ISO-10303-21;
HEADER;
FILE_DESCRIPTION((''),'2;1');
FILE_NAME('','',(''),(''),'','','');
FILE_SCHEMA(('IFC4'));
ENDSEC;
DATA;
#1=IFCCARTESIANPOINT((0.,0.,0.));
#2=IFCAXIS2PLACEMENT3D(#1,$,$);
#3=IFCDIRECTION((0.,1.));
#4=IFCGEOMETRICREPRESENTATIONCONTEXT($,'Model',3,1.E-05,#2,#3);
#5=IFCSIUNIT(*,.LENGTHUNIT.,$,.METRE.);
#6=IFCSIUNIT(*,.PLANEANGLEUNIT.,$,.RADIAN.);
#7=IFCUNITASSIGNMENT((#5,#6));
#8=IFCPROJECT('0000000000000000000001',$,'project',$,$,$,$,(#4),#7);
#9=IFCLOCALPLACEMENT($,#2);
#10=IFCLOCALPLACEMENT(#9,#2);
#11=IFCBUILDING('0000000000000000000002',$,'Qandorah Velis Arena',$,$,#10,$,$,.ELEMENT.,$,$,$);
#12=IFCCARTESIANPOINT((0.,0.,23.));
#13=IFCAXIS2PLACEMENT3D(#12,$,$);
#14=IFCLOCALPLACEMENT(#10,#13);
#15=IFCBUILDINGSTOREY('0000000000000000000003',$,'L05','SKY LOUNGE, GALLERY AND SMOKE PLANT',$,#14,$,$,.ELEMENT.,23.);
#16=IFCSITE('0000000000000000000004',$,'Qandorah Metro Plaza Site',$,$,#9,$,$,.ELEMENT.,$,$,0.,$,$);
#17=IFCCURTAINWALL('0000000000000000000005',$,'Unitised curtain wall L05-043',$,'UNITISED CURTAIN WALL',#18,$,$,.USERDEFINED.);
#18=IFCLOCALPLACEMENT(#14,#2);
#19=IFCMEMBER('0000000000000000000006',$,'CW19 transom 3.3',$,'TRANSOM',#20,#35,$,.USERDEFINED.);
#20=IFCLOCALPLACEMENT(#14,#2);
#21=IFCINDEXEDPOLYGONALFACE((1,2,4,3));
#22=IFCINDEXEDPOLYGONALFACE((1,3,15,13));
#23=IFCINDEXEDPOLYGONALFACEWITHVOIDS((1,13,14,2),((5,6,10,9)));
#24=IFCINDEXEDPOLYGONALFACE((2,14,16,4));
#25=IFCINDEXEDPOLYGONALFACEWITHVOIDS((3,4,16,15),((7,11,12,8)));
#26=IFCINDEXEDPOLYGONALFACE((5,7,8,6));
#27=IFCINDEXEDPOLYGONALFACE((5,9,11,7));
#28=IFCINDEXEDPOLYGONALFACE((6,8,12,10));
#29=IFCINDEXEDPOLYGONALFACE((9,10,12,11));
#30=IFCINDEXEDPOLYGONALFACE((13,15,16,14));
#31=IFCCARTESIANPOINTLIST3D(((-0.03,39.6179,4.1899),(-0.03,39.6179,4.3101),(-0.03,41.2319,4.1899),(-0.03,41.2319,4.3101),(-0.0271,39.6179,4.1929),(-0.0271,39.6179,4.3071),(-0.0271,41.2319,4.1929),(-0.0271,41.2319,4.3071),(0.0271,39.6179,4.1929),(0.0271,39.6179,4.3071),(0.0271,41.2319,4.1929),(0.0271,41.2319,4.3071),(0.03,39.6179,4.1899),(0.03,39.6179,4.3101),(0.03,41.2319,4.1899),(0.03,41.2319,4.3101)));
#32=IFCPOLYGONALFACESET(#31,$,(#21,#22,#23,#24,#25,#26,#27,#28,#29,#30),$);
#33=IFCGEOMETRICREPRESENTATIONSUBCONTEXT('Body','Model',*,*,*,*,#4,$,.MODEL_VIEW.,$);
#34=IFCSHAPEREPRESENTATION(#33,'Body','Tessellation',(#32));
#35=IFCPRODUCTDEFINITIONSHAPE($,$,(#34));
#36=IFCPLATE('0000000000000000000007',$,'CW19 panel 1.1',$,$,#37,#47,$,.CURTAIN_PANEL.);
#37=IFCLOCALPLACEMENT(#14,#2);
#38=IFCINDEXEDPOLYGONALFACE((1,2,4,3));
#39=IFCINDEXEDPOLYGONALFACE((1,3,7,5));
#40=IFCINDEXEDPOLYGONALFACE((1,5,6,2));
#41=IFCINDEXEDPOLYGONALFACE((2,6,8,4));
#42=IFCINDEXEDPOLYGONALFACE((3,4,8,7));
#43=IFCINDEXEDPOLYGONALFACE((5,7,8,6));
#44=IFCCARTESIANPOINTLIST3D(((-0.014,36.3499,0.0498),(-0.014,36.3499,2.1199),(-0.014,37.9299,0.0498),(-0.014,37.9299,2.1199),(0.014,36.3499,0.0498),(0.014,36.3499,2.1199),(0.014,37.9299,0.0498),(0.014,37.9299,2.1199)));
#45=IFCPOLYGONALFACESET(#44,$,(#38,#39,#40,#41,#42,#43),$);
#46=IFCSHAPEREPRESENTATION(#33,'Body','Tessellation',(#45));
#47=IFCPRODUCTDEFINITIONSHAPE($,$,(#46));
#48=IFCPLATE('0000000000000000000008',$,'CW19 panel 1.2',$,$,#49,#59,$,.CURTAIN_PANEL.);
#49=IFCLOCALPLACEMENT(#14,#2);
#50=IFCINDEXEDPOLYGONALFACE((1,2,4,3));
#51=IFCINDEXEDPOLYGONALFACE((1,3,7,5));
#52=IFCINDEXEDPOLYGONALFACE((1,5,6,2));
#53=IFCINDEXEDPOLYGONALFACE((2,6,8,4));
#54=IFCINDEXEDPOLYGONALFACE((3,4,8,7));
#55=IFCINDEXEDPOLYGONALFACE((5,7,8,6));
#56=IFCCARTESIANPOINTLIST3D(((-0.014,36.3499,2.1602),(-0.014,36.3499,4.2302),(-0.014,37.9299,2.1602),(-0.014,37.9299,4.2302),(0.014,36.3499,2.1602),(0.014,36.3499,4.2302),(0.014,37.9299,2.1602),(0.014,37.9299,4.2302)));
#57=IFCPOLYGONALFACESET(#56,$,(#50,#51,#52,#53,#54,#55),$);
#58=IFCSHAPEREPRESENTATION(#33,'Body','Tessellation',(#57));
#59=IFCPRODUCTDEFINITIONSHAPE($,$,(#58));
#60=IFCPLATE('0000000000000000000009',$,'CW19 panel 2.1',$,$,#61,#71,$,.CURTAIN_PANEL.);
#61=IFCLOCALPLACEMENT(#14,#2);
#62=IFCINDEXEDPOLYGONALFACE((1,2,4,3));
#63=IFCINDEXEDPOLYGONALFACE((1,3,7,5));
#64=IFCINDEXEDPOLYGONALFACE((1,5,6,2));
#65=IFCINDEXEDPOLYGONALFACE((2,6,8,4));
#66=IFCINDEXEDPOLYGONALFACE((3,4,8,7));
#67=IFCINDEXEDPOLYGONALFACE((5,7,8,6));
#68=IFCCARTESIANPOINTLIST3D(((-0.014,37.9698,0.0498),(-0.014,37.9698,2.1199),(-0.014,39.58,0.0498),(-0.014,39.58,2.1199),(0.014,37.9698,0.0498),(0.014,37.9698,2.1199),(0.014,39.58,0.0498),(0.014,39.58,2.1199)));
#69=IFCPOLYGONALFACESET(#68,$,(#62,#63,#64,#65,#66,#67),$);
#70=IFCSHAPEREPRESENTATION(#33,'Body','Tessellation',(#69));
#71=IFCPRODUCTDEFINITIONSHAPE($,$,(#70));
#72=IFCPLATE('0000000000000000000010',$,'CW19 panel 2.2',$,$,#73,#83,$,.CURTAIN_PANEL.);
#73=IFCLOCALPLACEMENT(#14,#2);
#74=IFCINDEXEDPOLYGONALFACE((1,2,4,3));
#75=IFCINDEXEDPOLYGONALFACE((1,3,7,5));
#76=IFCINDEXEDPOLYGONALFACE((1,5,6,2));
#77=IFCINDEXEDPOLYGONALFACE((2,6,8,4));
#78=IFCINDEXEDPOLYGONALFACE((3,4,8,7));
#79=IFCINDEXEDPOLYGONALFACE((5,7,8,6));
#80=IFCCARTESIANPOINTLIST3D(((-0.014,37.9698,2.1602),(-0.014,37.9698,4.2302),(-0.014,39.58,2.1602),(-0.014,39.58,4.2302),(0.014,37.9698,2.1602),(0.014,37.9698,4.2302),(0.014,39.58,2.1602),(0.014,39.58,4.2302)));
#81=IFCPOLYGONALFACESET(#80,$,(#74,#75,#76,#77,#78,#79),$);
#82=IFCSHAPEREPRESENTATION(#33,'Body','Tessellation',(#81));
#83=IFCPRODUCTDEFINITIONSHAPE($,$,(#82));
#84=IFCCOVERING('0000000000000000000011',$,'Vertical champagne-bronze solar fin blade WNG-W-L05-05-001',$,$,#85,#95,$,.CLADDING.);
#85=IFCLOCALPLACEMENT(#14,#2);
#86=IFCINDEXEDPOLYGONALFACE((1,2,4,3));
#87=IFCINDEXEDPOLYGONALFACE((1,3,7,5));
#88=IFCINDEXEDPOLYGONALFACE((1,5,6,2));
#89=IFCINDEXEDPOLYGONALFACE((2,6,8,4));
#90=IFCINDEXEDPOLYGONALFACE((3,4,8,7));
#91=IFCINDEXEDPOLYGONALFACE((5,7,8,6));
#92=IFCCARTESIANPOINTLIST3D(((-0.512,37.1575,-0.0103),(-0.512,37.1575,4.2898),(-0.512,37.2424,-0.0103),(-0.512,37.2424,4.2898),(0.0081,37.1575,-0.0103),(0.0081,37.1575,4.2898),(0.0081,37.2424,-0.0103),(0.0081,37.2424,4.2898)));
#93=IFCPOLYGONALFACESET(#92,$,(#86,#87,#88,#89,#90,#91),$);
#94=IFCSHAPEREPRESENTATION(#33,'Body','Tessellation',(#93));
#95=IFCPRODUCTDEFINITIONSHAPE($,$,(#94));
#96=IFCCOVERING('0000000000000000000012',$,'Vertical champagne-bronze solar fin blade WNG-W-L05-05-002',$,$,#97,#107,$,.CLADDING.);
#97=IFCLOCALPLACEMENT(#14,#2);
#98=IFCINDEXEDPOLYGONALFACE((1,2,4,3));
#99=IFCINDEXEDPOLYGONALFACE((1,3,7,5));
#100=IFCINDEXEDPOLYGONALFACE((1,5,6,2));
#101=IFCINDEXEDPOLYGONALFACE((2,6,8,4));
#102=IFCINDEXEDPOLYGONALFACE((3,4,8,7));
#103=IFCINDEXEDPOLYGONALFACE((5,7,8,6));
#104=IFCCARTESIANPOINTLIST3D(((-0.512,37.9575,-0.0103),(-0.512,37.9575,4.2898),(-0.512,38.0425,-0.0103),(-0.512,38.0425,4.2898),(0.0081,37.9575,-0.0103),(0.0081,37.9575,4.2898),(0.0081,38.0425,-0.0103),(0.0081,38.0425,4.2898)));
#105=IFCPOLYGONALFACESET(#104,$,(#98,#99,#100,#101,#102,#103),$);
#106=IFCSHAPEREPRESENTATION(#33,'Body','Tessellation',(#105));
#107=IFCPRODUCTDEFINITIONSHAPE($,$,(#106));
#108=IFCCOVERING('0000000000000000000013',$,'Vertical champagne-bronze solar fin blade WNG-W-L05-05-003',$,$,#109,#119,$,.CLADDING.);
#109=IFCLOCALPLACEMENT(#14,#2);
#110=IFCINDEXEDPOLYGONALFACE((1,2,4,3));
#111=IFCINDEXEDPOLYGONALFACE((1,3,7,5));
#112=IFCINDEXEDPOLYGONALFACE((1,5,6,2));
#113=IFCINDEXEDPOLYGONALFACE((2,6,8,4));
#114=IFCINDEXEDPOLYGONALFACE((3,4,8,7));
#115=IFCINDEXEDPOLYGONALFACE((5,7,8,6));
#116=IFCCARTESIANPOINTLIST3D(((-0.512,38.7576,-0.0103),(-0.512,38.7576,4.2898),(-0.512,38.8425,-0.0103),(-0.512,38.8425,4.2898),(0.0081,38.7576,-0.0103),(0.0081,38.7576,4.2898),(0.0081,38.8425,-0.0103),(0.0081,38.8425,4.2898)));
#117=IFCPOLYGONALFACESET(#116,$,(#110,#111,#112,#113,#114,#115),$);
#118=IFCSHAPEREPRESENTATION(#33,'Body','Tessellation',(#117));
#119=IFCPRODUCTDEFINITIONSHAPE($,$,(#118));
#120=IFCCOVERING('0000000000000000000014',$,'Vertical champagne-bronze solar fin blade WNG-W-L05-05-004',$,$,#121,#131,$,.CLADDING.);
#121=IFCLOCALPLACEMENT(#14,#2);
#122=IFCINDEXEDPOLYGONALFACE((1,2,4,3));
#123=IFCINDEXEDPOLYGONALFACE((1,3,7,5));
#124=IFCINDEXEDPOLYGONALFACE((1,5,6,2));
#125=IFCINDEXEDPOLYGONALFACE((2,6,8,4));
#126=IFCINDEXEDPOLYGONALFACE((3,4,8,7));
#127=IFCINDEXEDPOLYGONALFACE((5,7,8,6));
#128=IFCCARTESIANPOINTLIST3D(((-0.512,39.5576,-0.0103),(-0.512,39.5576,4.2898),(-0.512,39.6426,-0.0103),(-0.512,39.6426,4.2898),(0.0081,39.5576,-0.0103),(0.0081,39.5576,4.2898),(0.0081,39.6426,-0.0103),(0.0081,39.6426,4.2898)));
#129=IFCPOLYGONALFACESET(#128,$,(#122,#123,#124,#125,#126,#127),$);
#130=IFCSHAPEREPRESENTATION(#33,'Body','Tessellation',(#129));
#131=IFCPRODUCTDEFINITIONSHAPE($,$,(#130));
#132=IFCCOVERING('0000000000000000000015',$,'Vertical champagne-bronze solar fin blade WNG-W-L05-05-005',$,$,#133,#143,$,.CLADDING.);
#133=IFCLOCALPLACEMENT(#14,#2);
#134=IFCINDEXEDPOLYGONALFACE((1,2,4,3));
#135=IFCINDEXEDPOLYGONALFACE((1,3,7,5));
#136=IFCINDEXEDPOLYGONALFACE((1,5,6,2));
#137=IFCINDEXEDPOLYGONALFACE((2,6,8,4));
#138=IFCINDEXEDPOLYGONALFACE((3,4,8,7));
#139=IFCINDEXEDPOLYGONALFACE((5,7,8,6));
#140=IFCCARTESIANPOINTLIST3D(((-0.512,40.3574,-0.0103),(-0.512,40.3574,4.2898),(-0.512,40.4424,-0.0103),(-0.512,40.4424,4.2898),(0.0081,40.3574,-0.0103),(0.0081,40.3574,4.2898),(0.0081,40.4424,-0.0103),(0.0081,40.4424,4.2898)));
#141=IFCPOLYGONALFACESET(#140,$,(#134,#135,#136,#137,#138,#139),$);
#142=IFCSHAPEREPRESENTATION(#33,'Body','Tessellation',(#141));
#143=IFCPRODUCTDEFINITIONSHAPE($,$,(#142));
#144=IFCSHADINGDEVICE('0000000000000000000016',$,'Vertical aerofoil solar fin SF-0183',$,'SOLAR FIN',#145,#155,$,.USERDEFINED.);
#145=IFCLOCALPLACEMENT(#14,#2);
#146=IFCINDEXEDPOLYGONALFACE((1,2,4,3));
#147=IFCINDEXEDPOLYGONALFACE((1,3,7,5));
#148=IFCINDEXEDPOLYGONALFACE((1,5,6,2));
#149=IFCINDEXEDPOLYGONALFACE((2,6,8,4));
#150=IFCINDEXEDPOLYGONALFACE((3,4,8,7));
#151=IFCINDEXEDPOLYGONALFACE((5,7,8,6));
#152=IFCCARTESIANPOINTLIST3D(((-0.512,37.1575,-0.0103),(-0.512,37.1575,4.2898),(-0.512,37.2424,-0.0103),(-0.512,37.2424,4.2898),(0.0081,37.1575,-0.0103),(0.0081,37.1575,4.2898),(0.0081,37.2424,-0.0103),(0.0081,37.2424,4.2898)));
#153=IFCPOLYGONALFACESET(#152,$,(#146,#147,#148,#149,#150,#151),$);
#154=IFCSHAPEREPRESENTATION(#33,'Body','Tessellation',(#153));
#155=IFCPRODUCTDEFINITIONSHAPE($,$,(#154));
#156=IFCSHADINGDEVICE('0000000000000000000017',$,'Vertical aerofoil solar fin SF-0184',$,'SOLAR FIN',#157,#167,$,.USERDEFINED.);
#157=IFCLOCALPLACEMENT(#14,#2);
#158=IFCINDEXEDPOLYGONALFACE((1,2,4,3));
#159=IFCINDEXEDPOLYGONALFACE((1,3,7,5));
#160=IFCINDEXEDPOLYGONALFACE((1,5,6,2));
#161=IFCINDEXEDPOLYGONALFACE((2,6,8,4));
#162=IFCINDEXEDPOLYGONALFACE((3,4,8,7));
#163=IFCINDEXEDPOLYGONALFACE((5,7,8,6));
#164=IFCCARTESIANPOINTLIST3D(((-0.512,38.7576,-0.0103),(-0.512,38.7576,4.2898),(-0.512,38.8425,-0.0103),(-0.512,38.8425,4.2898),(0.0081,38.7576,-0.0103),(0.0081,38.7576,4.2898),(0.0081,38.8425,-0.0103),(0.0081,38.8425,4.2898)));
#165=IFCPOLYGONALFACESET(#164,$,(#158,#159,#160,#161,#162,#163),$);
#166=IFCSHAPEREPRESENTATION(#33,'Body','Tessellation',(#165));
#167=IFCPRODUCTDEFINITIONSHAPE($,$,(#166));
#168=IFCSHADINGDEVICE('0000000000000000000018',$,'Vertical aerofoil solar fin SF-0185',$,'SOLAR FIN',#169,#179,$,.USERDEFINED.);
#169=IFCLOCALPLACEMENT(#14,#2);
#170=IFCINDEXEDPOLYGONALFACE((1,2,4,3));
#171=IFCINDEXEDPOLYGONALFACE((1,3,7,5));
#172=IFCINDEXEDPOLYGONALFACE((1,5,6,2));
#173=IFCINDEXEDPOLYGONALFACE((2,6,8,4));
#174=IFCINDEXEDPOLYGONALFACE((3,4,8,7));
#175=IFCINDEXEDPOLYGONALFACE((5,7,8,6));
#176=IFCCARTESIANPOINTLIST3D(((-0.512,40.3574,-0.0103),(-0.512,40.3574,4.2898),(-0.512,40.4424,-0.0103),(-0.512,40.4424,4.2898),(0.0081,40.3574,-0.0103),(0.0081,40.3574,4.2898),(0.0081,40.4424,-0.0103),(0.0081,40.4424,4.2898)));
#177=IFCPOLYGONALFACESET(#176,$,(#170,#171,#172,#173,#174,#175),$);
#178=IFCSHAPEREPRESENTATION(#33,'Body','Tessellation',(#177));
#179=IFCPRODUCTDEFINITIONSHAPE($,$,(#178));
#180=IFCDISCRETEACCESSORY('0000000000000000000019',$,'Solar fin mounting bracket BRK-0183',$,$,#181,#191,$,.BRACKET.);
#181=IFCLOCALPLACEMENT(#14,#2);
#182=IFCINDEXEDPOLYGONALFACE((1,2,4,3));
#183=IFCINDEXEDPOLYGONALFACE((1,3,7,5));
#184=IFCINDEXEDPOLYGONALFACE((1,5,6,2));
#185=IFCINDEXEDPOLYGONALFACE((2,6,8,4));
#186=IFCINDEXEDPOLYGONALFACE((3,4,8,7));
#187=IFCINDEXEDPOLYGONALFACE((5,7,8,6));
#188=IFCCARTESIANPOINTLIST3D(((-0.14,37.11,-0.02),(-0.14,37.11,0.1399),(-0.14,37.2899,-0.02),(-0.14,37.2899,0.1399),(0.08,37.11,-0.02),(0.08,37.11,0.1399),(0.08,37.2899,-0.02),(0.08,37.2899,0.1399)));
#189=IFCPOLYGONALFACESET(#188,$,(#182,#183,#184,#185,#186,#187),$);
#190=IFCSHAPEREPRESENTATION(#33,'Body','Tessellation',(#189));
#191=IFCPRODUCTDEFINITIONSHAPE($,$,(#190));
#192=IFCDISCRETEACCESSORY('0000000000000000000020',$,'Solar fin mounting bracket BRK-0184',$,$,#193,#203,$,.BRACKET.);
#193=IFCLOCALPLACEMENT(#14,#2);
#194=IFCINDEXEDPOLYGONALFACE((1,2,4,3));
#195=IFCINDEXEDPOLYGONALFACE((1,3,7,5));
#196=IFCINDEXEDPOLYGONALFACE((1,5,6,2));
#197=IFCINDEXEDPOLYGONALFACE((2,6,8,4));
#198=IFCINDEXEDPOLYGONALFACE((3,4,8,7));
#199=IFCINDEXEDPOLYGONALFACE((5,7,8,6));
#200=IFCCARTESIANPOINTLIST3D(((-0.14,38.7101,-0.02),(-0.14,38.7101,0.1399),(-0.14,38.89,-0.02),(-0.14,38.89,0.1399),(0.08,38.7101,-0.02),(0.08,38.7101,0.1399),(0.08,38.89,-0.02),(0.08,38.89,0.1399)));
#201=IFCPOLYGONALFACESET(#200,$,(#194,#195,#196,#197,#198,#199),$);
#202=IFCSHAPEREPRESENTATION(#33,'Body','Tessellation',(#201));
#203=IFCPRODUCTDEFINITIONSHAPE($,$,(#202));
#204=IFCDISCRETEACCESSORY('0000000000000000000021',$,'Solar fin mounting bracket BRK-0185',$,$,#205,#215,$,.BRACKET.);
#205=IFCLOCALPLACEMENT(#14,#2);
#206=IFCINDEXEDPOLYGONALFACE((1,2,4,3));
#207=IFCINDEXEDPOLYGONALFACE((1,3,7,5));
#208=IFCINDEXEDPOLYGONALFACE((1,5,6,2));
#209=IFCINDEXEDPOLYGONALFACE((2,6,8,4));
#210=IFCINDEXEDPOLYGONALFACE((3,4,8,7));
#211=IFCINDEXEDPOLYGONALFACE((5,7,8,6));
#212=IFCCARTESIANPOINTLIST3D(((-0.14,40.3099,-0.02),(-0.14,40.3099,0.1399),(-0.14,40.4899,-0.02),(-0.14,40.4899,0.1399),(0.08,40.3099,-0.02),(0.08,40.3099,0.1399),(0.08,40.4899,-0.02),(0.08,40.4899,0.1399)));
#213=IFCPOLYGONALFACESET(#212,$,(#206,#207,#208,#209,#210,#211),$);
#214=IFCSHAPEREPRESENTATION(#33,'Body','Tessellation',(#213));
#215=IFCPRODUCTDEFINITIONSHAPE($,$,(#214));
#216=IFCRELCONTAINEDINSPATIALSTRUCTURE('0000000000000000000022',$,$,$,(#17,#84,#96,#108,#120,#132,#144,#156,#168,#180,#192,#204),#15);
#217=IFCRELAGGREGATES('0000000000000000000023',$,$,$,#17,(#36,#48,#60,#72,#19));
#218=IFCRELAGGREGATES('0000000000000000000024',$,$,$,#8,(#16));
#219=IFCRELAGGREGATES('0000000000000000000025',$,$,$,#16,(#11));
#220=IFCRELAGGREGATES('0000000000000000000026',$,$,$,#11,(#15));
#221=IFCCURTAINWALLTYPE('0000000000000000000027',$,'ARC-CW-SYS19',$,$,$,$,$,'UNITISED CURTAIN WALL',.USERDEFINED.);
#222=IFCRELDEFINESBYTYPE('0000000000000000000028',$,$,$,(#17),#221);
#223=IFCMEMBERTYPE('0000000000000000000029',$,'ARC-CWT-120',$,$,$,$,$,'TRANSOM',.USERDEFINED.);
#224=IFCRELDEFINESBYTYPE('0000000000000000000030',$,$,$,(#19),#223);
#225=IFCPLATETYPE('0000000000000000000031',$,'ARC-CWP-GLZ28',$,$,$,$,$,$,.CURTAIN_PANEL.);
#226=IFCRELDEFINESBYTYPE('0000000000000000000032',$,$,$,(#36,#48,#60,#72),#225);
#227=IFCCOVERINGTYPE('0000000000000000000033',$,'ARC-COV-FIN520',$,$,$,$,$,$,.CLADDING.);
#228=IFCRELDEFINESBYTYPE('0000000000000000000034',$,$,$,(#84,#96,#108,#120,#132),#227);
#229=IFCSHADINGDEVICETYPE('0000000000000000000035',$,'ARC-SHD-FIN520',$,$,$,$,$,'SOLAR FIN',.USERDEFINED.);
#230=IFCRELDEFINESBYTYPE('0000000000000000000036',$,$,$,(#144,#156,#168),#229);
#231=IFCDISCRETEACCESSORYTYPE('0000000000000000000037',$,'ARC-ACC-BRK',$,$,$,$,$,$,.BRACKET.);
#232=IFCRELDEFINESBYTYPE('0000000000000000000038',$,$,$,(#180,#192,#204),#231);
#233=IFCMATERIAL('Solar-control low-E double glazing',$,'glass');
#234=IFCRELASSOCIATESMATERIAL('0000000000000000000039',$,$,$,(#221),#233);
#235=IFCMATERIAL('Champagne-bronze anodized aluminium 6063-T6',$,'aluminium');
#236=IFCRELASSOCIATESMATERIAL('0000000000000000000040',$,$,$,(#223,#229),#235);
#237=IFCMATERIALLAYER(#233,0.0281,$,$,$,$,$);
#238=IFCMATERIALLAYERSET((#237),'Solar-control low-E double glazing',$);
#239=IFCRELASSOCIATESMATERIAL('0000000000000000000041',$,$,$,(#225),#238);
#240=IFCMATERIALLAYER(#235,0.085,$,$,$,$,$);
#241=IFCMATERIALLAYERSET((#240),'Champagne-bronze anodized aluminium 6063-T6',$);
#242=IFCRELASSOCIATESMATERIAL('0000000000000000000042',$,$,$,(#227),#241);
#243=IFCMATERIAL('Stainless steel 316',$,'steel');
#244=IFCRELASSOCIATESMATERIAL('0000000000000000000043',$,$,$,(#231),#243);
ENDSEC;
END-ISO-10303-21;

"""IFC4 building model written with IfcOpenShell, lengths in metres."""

from ifc_helpers import new_model, si_unit, direction, frame, origin, origin_2d, place, context, subcontext, project, spatial, rectangle, hollow_rectangle, extrude, material, layer, layer_set, material_profile, profile_set, type_object, element, aggregate, save


model = new_model("IFC4")

# Units and contexts
model_context = context("Model", 3, precision=1e-05, world=origin(), true_north=direction((0.0, 1.0)))
body_context = subcontext(model_context, "Body", "Model", "MODEL_VIEW")
ifc_project = project(units=[si_unit("LENGTHUNIT", "METRE"), si_unit("PLANEANGLEUNIT", "RADIAN")], contexts=[model_context])

# Site, building, storey
site_placement = place(None, origin())
site = spatial("IfcSite", under=ifc_project, at=site_placement, Name="Qandorah Metro Plaza Site", CompositionType="ELEMENT", RefElevation=0.0)
building_placement = place(site_placement, origin())
building = spatial("IfcBuilding", under=site, at=building_placement, Name="Qandorah Velis Arena", CompositionType="ELEMENT")
storey_placement = place(building_placement, frame((0.0, 0.0, 23.0)))
storey = spatial("IfcBuildingStorey", under=building, at=storey_placement, Name="L05", Description="SKY LOUNGE, GALLERY AND SMOKE PLANT", CompositionType="ELEMENT", Elevation=23.0)

# Curtain wall, member, plates
ifc_material_1 = material(Name="Solar-control low-E double glazing", Category="glass")
curtain_wall_type = type_object("IfcCurtainWallType", Name="ARC-CW-SYS19", ElementType="UNITISED CURTAIN WALL", PredefinedType="USERDEFINED", material=ifc_material_1)
curtain_wall_placement = place(storey_placement, origin())
curtain_wall = element("IfcCurtainWall", 1, at=curtain_wall_placement, inside=storey, type_object=curtain_wall_type, Name="Unitised curtain wall L05-043", ObjectType="UNITISED CURTAIN WALL", PredefinedType="USERDEFINED")
ifc_material_2 = material(Name="Champagne-bronze anodized aluminium 6063-T6", Category="aluminium")
ifc_material_profile_1 = material_profile(ifc_material_2, hollow_rectangle(XDim=0.0601, YDim=0.1201, WallThickness=0.0029, at=origin_2d()), Name="ALU TRANSOM 60x120")
ifc_profile_set_1 = profile_set([ifc_material_profile_1], Name="Champagne-bronze anodized aluminium 6063-T6")
member_type_1 = type_object("IfcMemberType", Name="ARC-CWT-120", ElementType="TRANSOM", PredefinedType="USERDEFINED", material=ifc_profile_set_1)
member_1_placement = place(storey_placement, frame((0.0, 39.6179, 4.25), z_axis=(0.0, 1.0, 0.0), x_axis=(-1.0, 0.0, 0.0)))
member_1 = element("IfcMember", 2, at=member_1_placement, type_object=member_type_1, Name="CW19 transom 3.3", ObjectType="TRANSOM", PredefinedType="USERDEFINED", context=body_context, shape_type="SweptSolid", body=[
    extrude(hollow_rectangle(XDim=0.0601, YDim=0.1201, WallThickness=0.0029, at=origin_2d()), origin(), (0.0, 0.0, 1.0), 1.614),
])
ifc_layer_1 = layer(ifc_material_1, 0.0281)
ifc_layer_set_1 = layer_set([ifc_layer_1], Name="Solar-control low-E double glazing")
plate_type = type_object("IfcPlateType", Name="ARC-CWP-GLZ28", PredefinedType="CURTAIN_PANEL", material=ifc_layer_set_1)
plate_1_placement = place(storey_placement, frame((0.0, 37.1399, 0.0498), z_axis=(0.0, 0.0, 1.0), x_axis=(0.0, 1.0, 0.0)))
plate_1 = element("IfcPlate", 3, at=plate_1_placement, type_object=plate_type, Name="CW19 panel 1.1", PredefinedType="CURTAIN_PANEL", context=body_context, shape_type="SweptSolid", body=[
    extrude(rectangle(XDim=1.5801, YDim=0.0281, at=origin_2d()), origin(), (0.0, 0.0, 1.0), 2.0701),
])
plate_2_placement = place(storey_placement, frame((0.0, 37.1399, 2.1602), z_axis=(0.0, 0.0, 1.0), x_axis=(0.0, 1.0, 0.0)))
plate_2 = element("IfcPlate", 4, at=plate_2_placement, type_object=plate_type, Name="CW19 panel 1.2", PredefinedType="CURTAIN_PANEL", context=body_context, shape_type="SweptSolid", body=[
    extrude(rectangle(XDim=1.5801, YDim=0.0281, at=origin_2d()), origin(), (0.0, 0.0, 1.0), 2.0701),
])
plate_3_placement = place(storey_placement, frame((0.0, 38.7749, 0.0498), z_axis=(0.0, 0.0, 1.0), x_axis=(0.0, 1.0, 0.0)))
plate_3 = element("IfcPlate", 5, at=plate_3_placement, type_object=plate_type, Name="CW19 panel 2.1", PredefinedType="CURTAIN_PANEL", context=body_context, shape_type="SweptSolid", body=[
    extrude(rectangle(XDim=1.6101, YDim=0.0281, at=origin_2d()), origin(), (0.0, 0.0, 1.0), 2.0701),
])
plate_4_placement = place(storey_placement, frame((0.0, 38.7749, 2.1602), z_axis=(0.0, 0.0, 1.0), x_axis=(0.0, 1.0, 0.0)))
plate_4 = element("IfcPlate", 6, at=plate_4_placement, type_object=plate_type, Name="CW19 panel 2.2", PredefinedType="CURTAIN_PANEL", context=body_context, shape_type="SweptSolid", body=[
    extrude(rectangle(XDim=1.6101, YDim=0.0281, at=origin_2d()), origin(), (0.0, 0.0, 1.0), 2.0701),
])
aggregate(curtain_wall, [plate_1, plate_2, plate_3, plate_4, member_1])

# Coverings
ifc_layer_2 = layer(ifc_material_2, 0.085)
ifc_layer_set_2 = layer_set([ifc_layer_2], Name="Champagne-bronze anodized aluminium 6063-T6")
covering_type = type_object("IfcCoveringType", Name="ARC-COV-FIN520", PredefinedType="CLADDING", material=ifc_layer_set_2)
for number, where, z_axis, x_axis, name in (
    (7, (-0.252, 37.2, -0.0103), (0.0, 0.0, 1.0), (1.0, 0.0, 0.0), "Vertical champagne-bronze solar fin blade WNG-W-L05-05-001"),
    (8, (-0.252, 38.0, -0.0103), (0.0, 0.0, 1.0), (1.0, 0.0, 0.0), "Vertical champagne-bronze solar fin blade WNG-W-L05-05-002"),
    (9, (-0.252, 38.8, -0.0103), (0.0, 0.0, 1.0), (1.0, 0.0, 0.0), "Vertical champagne-bronze solar fin blade WNG-W-L05-05-003"),
    (10, (-0.252, 39.6001, -0.0103), (0.0, 0.0, 1.0), (1.0, 0.0, 0.0), "Vertical champagne-bronze solar fin blade WNG-W-L05-05-004"),
    (11, (-0.252, 40.3999, -0.0103), (0.0, 0.0, 1.0), (1.0, 0.0, 0.0), "Vertical champagne-bronze solar fin blade WNG-W-L05-05-005"),
):
    element("IfcCovering", number, at=place(storey_placement, frame(where, z_axis=z_axis, x_axis=x_axis)), inside=storey, type_object=covering_type, Name=name, PredefinedType="CLADDING", context=body_context, shape_type="SweptSolid", body=[
        extrude(rectangle(XDim=0.52, YDim=0.085, at=origin_2d()), origin(), (0.0, 0.0, 1.0), 4.3),
    ])

# Shading devices
shading_device_type = type_object("IfcShadingDeviceType", Name="ARC-SHD-FIN520", ElementType="SOLAR FIN", PredefinedType="USERDEFINED", material=ifc_material_2)
for number, where, z_axis, x_axis, name in (
    (12, (-0.252, 37.2, -0.0103), (0.0, 0.0, 1.0), (1.0, 0.0, 0.0), "Vertical aerofoil solar fin SF-0183"),
    (13, (-0.252, 38.8, -0.0103), (0.0, 0.0, 1.0), (1.0, 0.0, 0.0), "Vertical aerofoil solar fin SF-0184"),
    (14, (-0.252, 40.3999, -0.0103), (0.0, 0.0, 1.0), (1.0, 0.0, 0.0), "Vertical aerofoil solar fin SF-0185"),
):
    element("IfcShadingDevice", number, at=place(storey_placement, frame(where, z_axis=z_axis, x_axis=x_axis)), inside=storey, type_object=shading_device_type, Name=name, ObjectType="SOLAR FIN", PredefinedType="USERDEFINED", context=body_context, shape_type="SweptSolid", body=[
        extrude(rectangle(XDim=0.52, YDim=0.085, at=origin_2d()), origin(), (0.0, 0.0, 1.0), 4.3),
    ])

# Discrete accessories
ifc_material_3 = material(Name="Stainless steel 316", Category="steel")
discrete_accessory_type = type_object("IfcDiscreteAccessoryType", Name="ARC-ACC-BRK", PredefinedType="BRACKET", material=ifc_material_3)
for number, where, z_axis, x_axis, name in (
    (15, (-0.03, 37.2, -0.02), (0.0, 0.0, 1.0), (1.0, 0.0, 0.0), "Solar fin mounting bracket BRK-0183"),
    (16, (-0.03, 38.8, -0.02), (0.0, 0.0, 1.0), (1.0, 0.0, 0.0), "Solar fin mounting bracket BRK-0184"),
    (17, (-0.03, 40.3999, -0.02), (0.0, 0.0, 1.0), (1.0, 0.0, 0.0), "Solar fin mounting bracket BRK-0185"),
):
    element("IfcDiscreteAccessory", number, at=place(storey_placement, frame(where, z_axis=z_axis, x_axis=x_axis)), inside=storey, type_object=discrete_accessory_type, Name=name, PredefinedType="BRACKET", context=body_context, shape_type="SweptSolid", body=[
        extrude(rectangle(XDim=0.22, YDim=0.1799, at=origin_2d()), origin(), (0.0, 0.0, 1.0), 0.1599),
    ])

save(model, "model.ifc")
